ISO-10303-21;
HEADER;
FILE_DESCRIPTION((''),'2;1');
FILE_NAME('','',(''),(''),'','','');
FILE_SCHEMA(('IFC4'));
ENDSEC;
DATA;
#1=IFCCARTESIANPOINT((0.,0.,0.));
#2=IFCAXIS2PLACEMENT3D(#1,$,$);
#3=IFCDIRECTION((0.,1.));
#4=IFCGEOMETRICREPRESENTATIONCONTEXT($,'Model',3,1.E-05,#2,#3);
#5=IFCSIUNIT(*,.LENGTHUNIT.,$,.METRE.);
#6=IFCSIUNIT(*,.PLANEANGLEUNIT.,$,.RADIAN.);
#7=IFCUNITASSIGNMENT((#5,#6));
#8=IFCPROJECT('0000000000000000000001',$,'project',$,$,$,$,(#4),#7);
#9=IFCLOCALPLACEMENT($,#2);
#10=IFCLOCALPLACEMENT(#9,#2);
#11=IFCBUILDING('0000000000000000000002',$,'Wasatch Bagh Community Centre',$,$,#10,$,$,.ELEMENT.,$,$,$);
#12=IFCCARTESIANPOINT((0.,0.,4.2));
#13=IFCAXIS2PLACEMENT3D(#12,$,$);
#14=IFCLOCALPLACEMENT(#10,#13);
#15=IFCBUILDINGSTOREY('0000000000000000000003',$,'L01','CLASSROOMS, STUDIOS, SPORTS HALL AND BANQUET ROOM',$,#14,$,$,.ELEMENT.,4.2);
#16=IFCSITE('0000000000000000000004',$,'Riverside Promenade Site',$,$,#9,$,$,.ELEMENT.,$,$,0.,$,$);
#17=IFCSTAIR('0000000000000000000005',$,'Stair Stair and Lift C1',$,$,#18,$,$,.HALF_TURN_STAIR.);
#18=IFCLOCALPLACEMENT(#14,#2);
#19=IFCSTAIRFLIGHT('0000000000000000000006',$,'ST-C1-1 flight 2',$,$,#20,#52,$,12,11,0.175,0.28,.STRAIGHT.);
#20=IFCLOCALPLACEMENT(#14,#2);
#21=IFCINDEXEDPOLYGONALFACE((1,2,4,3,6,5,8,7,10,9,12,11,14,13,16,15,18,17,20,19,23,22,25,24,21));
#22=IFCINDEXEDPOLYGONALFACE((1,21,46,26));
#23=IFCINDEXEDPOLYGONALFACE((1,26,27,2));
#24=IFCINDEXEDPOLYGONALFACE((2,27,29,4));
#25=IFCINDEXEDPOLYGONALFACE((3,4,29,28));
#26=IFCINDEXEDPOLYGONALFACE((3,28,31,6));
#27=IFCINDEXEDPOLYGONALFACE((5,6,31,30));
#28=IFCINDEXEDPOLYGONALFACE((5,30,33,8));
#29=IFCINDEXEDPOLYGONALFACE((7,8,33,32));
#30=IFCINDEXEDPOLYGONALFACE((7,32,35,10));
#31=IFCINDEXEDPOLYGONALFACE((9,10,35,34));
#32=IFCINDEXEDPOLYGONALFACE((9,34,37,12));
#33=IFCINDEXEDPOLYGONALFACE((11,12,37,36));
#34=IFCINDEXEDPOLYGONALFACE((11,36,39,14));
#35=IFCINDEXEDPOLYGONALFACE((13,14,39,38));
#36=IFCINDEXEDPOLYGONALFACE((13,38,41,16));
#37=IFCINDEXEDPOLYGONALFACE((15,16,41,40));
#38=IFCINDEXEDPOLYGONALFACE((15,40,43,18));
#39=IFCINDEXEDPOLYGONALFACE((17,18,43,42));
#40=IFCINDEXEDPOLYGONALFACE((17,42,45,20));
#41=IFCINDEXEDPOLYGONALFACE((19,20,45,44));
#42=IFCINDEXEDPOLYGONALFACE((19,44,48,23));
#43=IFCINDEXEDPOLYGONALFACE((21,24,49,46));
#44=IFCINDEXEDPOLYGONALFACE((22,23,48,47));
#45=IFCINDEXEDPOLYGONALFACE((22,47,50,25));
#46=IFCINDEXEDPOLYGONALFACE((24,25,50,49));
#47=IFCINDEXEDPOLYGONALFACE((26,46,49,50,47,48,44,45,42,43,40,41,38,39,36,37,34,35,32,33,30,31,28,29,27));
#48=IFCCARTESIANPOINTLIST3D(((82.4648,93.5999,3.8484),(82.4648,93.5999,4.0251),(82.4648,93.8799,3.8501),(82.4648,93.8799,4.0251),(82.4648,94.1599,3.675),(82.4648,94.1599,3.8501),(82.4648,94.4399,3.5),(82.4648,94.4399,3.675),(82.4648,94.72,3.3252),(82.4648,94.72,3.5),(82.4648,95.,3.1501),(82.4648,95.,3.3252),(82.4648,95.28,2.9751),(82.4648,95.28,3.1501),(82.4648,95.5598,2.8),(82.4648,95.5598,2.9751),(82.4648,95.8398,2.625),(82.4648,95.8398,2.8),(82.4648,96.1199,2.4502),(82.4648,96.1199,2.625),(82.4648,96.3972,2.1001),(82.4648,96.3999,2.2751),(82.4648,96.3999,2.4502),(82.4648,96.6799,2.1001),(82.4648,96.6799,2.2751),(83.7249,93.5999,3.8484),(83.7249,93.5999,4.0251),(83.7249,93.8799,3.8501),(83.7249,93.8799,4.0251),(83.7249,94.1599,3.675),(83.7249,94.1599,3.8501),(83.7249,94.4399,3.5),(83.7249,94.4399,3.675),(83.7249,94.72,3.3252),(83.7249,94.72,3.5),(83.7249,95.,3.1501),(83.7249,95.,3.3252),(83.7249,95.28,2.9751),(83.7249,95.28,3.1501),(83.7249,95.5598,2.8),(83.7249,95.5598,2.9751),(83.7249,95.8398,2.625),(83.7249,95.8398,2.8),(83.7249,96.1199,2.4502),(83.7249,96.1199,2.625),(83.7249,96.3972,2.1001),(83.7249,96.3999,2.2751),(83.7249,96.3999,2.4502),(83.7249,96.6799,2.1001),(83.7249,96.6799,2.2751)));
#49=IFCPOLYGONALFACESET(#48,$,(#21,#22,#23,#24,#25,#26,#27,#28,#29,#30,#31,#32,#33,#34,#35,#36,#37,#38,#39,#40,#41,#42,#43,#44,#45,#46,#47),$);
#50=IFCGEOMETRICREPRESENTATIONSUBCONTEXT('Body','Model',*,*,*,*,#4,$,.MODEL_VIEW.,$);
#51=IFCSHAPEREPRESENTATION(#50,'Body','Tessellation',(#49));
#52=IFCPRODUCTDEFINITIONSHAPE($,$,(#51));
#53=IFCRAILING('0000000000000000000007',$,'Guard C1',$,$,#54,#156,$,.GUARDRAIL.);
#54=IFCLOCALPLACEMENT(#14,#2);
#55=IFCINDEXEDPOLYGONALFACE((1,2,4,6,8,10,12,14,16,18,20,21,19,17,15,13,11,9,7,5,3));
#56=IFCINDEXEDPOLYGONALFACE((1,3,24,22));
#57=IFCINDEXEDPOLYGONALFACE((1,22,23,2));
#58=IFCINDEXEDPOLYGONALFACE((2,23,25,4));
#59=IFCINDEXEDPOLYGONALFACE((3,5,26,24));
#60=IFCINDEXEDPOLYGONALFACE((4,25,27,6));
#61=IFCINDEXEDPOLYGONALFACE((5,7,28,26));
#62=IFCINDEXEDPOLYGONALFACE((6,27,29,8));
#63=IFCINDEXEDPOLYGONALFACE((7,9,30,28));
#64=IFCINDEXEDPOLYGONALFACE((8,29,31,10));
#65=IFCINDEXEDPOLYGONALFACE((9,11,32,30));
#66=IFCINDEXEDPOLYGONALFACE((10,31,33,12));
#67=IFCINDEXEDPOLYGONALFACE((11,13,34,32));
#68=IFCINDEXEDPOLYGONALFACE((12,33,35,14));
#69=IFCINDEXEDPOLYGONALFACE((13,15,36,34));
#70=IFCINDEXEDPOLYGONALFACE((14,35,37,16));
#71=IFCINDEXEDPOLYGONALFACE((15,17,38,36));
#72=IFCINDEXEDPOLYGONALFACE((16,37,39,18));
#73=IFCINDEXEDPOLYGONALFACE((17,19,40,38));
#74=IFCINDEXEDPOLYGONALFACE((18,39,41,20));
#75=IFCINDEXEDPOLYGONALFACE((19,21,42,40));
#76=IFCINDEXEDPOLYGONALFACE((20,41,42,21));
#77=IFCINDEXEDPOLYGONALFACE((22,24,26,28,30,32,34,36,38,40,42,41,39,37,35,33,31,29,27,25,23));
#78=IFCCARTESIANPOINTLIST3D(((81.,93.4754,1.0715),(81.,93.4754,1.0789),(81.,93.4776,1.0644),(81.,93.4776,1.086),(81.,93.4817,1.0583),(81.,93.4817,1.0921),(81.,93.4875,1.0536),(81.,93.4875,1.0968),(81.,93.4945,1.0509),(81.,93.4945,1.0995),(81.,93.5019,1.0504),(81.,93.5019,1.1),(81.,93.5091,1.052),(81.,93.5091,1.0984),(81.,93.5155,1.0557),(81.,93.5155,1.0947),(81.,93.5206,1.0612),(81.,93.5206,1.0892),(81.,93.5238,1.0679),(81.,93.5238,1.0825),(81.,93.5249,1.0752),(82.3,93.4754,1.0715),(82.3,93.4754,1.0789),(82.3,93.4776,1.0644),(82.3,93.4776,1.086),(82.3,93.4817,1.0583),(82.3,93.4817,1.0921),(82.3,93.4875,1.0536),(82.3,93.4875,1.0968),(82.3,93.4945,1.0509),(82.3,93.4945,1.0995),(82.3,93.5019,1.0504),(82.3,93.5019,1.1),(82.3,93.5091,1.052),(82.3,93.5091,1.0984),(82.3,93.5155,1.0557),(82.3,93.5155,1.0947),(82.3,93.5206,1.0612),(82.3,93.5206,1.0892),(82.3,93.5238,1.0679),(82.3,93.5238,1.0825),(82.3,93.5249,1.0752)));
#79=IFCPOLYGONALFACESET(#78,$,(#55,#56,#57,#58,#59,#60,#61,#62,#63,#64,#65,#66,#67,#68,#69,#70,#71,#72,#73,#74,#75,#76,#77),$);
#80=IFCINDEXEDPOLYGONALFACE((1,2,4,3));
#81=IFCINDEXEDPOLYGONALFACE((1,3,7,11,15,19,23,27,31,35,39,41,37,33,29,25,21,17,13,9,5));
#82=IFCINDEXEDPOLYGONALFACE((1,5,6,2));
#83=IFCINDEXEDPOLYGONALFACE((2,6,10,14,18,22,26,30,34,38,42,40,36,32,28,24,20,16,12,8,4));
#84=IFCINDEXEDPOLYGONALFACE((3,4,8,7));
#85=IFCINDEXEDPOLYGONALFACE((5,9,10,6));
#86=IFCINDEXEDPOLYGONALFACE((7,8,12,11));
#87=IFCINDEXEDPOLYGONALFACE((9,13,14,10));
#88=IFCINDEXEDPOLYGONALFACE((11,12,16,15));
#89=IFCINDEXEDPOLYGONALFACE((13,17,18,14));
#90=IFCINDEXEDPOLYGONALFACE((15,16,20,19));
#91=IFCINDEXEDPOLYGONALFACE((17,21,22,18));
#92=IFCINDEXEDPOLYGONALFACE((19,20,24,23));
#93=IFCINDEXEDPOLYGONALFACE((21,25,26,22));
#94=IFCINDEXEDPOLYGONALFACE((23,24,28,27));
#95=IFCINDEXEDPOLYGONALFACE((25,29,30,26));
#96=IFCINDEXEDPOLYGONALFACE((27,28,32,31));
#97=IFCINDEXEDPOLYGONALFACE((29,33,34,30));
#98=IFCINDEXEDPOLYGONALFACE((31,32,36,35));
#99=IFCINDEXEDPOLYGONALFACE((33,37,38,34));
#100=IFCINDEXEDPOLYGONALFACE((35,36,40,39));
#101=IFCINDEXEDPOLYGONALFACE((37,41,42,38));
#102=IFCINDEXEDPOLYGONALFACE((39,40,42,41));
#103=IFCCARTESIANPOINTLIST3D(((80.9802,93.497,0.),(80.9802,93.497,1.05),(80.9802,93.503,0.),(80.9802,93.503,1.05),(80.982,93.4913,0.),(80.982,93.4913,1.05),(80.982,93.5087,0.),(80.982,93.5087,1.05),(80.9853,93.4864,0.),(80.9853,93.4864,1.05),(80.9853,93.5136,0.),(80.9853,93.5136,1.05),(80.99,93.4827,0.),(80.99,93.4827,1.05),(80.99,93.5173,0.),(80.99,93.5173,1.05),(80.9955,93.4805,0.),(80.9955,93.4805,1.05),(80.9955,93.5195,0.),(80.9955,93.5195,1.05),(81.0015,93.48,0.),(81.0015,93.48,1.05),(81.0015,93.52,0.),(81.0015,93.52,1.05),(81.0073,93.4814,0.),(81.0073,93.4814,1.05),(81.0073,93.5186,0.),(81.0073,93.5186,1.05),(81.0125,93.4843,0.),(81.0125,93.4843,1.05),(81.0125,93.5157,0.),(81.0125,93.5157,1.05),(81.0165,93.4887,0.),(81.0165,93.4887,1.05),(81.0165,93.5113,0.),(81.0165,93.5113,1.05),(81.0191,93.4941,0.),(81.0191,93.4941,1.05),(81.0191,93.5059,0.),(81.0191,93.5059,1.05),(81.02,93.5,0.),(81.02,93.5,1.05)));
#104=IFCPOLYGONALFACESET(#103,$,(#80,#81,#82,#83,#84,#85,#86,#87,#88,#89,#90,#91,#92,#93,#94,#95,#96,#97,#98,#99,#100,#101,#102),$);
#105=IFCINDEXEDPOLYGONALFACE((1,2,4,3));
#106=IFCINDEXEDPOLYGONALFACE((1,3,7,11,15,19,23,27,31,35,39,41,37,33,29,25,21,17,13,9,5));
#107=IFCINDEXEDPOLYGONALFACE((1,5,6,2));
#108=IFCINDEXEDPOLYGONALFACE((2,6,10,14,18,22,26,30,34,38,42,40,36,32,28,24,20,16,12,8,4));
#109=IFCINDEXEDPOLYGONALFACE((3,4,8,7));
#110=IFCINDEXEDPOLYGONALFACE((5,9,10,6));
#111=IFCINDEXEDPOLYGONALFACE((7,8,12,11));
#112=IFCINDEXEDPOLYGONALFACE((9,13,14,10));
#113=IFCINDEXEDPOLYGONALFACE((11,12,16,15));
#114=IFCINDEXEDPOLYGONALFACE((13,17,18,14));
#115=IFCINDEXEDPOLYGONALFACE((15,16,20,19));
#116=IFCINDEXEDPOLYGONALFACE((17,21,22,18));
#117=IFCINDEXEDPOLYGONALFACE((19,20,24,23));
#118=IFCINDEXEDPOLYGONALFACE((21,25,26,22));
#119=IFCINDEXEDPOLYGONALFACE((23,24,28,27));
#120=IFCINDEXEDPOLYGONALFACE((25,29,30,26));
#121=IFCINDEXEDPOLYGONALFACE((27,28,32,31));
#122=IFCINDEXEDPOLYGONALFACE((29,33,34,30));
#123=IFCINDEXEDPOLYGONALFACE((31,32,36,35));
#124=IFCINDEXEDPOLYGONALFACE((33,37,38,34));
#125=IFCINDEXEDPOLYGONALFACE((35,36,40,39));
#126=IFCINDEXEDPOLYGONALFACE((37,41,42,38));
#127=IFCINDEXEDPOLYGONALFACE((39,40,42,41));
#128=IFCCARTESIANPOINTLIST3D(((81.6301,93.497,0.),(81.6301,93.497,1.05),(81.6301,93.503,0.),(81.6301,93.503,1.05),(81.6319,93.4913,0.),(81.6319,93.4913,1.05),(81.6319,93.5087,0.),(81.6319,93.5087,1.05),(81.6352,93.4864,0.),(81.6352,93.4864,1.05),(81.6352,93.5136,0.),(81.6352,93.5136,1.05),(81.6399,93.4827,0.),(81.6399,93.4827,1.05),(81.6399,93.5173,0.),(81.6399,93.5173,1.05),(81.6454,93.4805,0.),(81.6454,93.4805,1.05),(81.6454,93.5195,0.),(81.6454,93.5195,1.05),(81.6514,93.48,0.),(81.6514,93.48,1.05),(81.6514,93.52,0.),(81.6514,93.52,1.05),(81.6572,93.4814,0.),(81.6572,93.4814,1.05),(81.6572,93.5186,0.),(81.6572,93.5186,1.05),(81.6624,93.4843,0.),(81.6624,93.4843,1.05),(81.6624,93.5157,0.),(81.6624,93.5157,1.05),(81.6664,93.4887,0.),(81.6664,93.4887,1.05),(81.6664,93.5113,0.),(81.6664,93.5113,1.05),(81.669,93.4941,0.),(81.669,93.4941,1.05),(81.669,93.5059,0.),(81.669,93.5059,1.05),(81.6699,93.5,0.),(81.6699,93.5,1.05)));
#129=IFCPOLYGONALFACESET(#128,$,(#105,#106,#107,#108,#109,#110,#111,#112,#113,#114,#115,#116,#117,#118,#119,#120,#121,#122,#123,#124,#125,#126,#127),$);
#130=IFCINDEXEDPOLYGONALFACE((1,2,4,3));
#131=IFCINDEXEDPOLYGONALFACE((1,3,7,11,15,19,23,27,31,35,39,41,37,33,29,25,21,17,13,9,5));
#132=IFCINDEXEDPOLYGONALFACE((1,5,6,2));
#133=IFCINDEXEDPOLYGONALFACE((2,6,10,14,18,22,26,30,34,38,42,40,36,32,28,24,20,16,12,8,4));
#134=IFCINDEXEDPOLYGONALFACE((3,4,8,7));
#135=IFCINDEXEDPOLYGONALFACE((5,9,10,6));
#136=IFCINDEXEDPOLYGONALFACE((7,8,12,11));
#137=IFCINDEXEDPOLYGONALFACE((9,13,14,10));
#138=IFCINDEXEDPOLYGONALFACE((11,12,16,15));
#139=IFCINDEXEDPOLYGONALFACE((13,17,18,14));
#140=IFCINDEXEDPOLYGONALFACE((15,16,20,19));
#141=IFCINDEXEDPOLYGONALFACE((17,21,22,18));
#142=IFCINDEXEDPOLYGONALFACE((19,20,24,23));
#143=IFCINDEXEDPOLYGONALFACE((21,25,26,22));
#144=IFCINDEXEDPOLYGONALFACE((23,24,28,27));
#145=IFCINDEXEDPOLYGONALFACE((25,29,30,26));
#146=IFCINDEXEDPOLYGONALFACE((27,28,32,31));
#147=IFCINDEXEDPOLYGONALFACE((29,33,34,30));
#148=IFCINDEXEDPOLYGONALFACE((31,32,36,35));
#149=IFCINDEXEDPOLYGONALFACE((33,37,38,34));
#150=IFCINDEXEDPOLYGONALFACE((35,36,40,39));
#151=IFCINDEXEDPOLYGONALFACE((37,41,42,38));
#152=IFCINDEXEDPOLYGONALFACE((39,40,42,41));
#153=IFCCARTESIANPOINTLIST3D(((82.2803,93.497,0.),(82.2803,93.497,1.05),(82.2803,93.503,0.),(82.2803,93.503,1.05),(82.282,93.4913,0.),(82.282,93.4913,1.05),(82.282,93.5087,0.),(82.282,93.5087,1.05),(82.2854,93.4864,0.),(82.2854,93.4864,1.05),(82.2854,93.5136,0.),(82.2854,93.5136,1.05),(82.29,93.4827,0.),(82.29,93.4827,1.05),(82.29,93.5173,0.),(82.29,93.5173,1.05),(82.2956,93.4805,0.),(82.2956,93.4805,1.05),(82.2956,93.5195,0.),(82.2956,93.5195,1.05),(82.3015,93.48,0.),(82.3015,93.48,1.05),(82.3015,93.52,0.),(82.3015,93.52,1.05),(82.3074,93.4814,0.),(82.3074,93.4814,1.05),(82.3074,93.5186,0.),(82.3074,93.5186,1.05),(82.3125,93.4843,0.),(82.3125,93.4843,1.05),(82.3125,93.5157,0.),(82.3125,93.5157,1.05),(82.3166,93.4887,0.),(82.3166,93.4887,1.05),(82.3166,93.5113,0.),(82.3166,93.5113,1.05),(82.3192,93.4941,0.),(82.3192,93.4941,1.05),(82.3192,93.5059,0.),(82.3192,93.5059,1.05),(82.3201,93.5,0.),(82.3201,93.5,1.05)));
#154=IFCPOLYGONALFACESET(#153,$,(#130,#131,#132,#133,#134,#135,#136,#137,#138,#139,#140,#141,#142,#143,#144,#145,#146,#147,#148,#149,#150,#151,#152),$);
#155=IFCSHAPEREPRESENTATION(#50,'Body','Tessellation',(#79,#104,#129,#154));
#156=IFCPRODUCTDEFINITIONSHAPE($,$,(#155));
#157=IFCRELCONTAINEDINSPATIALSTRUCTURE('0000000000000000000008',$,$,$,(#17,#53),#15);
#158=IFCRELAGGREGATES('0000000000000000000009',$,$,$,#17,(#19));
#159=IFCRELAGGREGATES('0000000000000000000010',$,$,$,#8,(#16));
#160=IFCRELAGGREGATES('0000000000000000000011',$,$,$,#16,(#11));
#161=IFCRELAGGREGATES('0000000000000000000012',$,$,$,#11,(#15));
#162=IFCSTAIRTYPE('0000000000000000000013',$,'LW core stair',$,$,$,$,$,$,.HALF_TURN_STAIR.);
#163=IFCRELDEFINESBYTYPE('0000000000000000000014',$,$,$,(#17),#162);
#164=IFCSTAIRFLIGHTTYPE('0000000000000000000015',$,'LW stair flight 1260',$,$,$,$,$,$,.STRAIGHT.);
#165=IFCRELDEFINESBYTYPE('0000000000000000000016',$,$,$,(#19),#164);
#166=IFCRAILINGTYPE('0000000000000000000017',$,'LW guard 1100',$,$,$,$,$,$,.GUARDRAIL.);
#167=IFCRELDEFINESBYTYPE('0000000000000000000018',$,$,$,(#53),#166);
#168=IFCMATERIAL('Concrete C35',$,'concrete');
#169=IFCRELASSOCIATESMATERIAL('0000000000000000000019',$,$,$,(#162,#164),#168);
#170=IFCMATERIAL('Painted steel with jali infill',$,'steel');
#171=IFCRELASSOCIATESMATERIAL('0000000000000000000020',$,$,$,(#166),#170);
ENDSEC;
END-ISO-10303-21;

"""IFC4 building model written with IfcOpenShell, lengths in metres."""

from ifc_helpers import new_model, si_unit, direction, frame, origin, origin_2d, place, context, subcontext, project, spatial, polyline, circle, outline, extrude, material, type_object, element, aggregate, save


model = new_model("IFC4")

# Units and contexts
model_context = context("Model", 3, precision=1e-05, world=origin(), true_north=direction((0.0, 1.0)))
body_context = subcontext(model_context, "Body", "Model", "MODEL_VIEW")
ifc_project = project(units=[si_unit("LENGTHUNIT", "METRE"), si_unit("PLANEANGLEUNIT", "RADIAN")], contexts=[model_context])

# Site, building, storey
site_placement = place(None, origin())
site = spatial("IfcSite", under=ifc_project, at=site_placement, Name="Riverside Promenade Site", CompositionType="ELEMENT", RefElevation=0.0)
building_placement = place(site_placement, origin())
building = spatial("IfcBuilding", under=site, at=building_placement, Name="Wasatch Bagh Community Centre", CompositionType="ELEMENT")
storey_placement = place(building_placement, frame((0.0, 0.0, 4.2)))
storey = spatial("IfcBuildingStorey", under=building, at=storey_placement, Name="L01", Description="CLASSROOMS, STUDIOS, SPORTS HALL AND BANQUET ROOM", CompositionType="ELEMENT", Elevation=4.2)

# Stair, stair flight
ifc_material_1 = material(Name="Concrete C35", Category="concrete")
stair_type = type_object("IfcStairType", Name="LW core stair", PredefinedType="HALF_TURN_STAIR", material=ifc_material_1)
stair_placement = place(storey_placement, origin())
stair = element("IfcStair", 1, at=stair_placement, inside=storey, type_object=stair_type, Name="Stair Stair and Lift C1", PredefinedType="HALF_TURN_STAIR")
stair_flight_type = type_object("IfcStairFlightType", Name="LW stair flight 1260", PredefinedType="STRAIGHT", material=ifc_material_1)
stair_flight_1_placement = place(storey_placement, frame((83.095, 96.6799, 2.1001), z_axis=(0.0, 0.0, 1.0), x_axis=(0.0, -1.0, 0.0)))
stair_flight_1 = element("IfcStairFlight", 2, at=stair_flight_1_placement, type_object=stair_flight_type, Name="ST-C1-1 flight 2", NumberOfRisers=12, NumberOfTreads=11, PredefinedType="STRAIGHT", RiserHeight=0.175, TreadLength=0.28, context=body_context, shape_type="SweptSolid", body=[
    extrude(outline(polyline([(0.0, 0.0), (0.0, 0.175), (0.28, 0.175), (0.28, 0.3501), (0.5601, 0.3501), (0.5601, 0.5249), (0.8401, 0.5249), (0.8401, 0.7), (1.1201, 0.7), (1.1201, 0.875), (1.3999, 0.875), (1.3999, 1.05), (1.6799, 1.05), (1.6799, 1.2251), (1.96, 1.2251), (1.96, 1.3999), (2.24, 1.3999), (2.24, 1.575), (2.52, 1.575), (2.52, 1.75), (2.8, 1.75), (2.8, 1.925), (3.0801, 1.925), (3.0801, 2.1001), (3.0801, 1.7483), (0.2827, 0.0), (0.0, 0.0)])), frame((0.0, 0.6299, 0.0), z_axis=(0.0, -1.0, 0.0), x_axis=(1.0, 0.0, 0.0)), (0.0, 0.0, 1.0), 1.26),
])
aggregate(stair, [stair_flight_1])

# Railing
ifc_material_2 = material(Name="Painted steel with jali infill", Category="steel")
railing_type_1 = type_object("IfcRailingType", Name="LW guard 1100", PredefinedType="GUARDRAIL", material=ifc_material_2)
railing_1_placement = place(storey_placement, frame((81.0, 93.5, 0.0)))
element("IfcRailing", 3, at=railing_1_placement, inside=storey, type_object=railing_type_1, Name="Guard C1", PredefinedType="GUARDRAIL", context=body_context, shape_type="SweptSolid", body=[
    extrude(circle(Radius=0.0249, at=origin_2d()), frame((0.0, 0.0, 1.0752), z_axis=(1.0, 0.0, 0.0), x_axis=(0.0, 1.0, 0.0)), (0.0, 0.0, 1.0), 1.3),
    extrude(circle(Radius=0.02, at=origin_2d()), origin(), (0.0, 0.0, 1.0), 1.05),
    extrude(circle(Radius=0.02, at=origin_2d()), frame((0.6499, 0.0, 0.0)), (0.0, 0.0, 1.0), 1.05),
    extrude(circle(Radius=0.02, at=origin_2d()), frame((1.3, 0.0, 0.0)), (0.0, 0.0, 1.0), 1.05),
])

save(model, "model.ifc")
